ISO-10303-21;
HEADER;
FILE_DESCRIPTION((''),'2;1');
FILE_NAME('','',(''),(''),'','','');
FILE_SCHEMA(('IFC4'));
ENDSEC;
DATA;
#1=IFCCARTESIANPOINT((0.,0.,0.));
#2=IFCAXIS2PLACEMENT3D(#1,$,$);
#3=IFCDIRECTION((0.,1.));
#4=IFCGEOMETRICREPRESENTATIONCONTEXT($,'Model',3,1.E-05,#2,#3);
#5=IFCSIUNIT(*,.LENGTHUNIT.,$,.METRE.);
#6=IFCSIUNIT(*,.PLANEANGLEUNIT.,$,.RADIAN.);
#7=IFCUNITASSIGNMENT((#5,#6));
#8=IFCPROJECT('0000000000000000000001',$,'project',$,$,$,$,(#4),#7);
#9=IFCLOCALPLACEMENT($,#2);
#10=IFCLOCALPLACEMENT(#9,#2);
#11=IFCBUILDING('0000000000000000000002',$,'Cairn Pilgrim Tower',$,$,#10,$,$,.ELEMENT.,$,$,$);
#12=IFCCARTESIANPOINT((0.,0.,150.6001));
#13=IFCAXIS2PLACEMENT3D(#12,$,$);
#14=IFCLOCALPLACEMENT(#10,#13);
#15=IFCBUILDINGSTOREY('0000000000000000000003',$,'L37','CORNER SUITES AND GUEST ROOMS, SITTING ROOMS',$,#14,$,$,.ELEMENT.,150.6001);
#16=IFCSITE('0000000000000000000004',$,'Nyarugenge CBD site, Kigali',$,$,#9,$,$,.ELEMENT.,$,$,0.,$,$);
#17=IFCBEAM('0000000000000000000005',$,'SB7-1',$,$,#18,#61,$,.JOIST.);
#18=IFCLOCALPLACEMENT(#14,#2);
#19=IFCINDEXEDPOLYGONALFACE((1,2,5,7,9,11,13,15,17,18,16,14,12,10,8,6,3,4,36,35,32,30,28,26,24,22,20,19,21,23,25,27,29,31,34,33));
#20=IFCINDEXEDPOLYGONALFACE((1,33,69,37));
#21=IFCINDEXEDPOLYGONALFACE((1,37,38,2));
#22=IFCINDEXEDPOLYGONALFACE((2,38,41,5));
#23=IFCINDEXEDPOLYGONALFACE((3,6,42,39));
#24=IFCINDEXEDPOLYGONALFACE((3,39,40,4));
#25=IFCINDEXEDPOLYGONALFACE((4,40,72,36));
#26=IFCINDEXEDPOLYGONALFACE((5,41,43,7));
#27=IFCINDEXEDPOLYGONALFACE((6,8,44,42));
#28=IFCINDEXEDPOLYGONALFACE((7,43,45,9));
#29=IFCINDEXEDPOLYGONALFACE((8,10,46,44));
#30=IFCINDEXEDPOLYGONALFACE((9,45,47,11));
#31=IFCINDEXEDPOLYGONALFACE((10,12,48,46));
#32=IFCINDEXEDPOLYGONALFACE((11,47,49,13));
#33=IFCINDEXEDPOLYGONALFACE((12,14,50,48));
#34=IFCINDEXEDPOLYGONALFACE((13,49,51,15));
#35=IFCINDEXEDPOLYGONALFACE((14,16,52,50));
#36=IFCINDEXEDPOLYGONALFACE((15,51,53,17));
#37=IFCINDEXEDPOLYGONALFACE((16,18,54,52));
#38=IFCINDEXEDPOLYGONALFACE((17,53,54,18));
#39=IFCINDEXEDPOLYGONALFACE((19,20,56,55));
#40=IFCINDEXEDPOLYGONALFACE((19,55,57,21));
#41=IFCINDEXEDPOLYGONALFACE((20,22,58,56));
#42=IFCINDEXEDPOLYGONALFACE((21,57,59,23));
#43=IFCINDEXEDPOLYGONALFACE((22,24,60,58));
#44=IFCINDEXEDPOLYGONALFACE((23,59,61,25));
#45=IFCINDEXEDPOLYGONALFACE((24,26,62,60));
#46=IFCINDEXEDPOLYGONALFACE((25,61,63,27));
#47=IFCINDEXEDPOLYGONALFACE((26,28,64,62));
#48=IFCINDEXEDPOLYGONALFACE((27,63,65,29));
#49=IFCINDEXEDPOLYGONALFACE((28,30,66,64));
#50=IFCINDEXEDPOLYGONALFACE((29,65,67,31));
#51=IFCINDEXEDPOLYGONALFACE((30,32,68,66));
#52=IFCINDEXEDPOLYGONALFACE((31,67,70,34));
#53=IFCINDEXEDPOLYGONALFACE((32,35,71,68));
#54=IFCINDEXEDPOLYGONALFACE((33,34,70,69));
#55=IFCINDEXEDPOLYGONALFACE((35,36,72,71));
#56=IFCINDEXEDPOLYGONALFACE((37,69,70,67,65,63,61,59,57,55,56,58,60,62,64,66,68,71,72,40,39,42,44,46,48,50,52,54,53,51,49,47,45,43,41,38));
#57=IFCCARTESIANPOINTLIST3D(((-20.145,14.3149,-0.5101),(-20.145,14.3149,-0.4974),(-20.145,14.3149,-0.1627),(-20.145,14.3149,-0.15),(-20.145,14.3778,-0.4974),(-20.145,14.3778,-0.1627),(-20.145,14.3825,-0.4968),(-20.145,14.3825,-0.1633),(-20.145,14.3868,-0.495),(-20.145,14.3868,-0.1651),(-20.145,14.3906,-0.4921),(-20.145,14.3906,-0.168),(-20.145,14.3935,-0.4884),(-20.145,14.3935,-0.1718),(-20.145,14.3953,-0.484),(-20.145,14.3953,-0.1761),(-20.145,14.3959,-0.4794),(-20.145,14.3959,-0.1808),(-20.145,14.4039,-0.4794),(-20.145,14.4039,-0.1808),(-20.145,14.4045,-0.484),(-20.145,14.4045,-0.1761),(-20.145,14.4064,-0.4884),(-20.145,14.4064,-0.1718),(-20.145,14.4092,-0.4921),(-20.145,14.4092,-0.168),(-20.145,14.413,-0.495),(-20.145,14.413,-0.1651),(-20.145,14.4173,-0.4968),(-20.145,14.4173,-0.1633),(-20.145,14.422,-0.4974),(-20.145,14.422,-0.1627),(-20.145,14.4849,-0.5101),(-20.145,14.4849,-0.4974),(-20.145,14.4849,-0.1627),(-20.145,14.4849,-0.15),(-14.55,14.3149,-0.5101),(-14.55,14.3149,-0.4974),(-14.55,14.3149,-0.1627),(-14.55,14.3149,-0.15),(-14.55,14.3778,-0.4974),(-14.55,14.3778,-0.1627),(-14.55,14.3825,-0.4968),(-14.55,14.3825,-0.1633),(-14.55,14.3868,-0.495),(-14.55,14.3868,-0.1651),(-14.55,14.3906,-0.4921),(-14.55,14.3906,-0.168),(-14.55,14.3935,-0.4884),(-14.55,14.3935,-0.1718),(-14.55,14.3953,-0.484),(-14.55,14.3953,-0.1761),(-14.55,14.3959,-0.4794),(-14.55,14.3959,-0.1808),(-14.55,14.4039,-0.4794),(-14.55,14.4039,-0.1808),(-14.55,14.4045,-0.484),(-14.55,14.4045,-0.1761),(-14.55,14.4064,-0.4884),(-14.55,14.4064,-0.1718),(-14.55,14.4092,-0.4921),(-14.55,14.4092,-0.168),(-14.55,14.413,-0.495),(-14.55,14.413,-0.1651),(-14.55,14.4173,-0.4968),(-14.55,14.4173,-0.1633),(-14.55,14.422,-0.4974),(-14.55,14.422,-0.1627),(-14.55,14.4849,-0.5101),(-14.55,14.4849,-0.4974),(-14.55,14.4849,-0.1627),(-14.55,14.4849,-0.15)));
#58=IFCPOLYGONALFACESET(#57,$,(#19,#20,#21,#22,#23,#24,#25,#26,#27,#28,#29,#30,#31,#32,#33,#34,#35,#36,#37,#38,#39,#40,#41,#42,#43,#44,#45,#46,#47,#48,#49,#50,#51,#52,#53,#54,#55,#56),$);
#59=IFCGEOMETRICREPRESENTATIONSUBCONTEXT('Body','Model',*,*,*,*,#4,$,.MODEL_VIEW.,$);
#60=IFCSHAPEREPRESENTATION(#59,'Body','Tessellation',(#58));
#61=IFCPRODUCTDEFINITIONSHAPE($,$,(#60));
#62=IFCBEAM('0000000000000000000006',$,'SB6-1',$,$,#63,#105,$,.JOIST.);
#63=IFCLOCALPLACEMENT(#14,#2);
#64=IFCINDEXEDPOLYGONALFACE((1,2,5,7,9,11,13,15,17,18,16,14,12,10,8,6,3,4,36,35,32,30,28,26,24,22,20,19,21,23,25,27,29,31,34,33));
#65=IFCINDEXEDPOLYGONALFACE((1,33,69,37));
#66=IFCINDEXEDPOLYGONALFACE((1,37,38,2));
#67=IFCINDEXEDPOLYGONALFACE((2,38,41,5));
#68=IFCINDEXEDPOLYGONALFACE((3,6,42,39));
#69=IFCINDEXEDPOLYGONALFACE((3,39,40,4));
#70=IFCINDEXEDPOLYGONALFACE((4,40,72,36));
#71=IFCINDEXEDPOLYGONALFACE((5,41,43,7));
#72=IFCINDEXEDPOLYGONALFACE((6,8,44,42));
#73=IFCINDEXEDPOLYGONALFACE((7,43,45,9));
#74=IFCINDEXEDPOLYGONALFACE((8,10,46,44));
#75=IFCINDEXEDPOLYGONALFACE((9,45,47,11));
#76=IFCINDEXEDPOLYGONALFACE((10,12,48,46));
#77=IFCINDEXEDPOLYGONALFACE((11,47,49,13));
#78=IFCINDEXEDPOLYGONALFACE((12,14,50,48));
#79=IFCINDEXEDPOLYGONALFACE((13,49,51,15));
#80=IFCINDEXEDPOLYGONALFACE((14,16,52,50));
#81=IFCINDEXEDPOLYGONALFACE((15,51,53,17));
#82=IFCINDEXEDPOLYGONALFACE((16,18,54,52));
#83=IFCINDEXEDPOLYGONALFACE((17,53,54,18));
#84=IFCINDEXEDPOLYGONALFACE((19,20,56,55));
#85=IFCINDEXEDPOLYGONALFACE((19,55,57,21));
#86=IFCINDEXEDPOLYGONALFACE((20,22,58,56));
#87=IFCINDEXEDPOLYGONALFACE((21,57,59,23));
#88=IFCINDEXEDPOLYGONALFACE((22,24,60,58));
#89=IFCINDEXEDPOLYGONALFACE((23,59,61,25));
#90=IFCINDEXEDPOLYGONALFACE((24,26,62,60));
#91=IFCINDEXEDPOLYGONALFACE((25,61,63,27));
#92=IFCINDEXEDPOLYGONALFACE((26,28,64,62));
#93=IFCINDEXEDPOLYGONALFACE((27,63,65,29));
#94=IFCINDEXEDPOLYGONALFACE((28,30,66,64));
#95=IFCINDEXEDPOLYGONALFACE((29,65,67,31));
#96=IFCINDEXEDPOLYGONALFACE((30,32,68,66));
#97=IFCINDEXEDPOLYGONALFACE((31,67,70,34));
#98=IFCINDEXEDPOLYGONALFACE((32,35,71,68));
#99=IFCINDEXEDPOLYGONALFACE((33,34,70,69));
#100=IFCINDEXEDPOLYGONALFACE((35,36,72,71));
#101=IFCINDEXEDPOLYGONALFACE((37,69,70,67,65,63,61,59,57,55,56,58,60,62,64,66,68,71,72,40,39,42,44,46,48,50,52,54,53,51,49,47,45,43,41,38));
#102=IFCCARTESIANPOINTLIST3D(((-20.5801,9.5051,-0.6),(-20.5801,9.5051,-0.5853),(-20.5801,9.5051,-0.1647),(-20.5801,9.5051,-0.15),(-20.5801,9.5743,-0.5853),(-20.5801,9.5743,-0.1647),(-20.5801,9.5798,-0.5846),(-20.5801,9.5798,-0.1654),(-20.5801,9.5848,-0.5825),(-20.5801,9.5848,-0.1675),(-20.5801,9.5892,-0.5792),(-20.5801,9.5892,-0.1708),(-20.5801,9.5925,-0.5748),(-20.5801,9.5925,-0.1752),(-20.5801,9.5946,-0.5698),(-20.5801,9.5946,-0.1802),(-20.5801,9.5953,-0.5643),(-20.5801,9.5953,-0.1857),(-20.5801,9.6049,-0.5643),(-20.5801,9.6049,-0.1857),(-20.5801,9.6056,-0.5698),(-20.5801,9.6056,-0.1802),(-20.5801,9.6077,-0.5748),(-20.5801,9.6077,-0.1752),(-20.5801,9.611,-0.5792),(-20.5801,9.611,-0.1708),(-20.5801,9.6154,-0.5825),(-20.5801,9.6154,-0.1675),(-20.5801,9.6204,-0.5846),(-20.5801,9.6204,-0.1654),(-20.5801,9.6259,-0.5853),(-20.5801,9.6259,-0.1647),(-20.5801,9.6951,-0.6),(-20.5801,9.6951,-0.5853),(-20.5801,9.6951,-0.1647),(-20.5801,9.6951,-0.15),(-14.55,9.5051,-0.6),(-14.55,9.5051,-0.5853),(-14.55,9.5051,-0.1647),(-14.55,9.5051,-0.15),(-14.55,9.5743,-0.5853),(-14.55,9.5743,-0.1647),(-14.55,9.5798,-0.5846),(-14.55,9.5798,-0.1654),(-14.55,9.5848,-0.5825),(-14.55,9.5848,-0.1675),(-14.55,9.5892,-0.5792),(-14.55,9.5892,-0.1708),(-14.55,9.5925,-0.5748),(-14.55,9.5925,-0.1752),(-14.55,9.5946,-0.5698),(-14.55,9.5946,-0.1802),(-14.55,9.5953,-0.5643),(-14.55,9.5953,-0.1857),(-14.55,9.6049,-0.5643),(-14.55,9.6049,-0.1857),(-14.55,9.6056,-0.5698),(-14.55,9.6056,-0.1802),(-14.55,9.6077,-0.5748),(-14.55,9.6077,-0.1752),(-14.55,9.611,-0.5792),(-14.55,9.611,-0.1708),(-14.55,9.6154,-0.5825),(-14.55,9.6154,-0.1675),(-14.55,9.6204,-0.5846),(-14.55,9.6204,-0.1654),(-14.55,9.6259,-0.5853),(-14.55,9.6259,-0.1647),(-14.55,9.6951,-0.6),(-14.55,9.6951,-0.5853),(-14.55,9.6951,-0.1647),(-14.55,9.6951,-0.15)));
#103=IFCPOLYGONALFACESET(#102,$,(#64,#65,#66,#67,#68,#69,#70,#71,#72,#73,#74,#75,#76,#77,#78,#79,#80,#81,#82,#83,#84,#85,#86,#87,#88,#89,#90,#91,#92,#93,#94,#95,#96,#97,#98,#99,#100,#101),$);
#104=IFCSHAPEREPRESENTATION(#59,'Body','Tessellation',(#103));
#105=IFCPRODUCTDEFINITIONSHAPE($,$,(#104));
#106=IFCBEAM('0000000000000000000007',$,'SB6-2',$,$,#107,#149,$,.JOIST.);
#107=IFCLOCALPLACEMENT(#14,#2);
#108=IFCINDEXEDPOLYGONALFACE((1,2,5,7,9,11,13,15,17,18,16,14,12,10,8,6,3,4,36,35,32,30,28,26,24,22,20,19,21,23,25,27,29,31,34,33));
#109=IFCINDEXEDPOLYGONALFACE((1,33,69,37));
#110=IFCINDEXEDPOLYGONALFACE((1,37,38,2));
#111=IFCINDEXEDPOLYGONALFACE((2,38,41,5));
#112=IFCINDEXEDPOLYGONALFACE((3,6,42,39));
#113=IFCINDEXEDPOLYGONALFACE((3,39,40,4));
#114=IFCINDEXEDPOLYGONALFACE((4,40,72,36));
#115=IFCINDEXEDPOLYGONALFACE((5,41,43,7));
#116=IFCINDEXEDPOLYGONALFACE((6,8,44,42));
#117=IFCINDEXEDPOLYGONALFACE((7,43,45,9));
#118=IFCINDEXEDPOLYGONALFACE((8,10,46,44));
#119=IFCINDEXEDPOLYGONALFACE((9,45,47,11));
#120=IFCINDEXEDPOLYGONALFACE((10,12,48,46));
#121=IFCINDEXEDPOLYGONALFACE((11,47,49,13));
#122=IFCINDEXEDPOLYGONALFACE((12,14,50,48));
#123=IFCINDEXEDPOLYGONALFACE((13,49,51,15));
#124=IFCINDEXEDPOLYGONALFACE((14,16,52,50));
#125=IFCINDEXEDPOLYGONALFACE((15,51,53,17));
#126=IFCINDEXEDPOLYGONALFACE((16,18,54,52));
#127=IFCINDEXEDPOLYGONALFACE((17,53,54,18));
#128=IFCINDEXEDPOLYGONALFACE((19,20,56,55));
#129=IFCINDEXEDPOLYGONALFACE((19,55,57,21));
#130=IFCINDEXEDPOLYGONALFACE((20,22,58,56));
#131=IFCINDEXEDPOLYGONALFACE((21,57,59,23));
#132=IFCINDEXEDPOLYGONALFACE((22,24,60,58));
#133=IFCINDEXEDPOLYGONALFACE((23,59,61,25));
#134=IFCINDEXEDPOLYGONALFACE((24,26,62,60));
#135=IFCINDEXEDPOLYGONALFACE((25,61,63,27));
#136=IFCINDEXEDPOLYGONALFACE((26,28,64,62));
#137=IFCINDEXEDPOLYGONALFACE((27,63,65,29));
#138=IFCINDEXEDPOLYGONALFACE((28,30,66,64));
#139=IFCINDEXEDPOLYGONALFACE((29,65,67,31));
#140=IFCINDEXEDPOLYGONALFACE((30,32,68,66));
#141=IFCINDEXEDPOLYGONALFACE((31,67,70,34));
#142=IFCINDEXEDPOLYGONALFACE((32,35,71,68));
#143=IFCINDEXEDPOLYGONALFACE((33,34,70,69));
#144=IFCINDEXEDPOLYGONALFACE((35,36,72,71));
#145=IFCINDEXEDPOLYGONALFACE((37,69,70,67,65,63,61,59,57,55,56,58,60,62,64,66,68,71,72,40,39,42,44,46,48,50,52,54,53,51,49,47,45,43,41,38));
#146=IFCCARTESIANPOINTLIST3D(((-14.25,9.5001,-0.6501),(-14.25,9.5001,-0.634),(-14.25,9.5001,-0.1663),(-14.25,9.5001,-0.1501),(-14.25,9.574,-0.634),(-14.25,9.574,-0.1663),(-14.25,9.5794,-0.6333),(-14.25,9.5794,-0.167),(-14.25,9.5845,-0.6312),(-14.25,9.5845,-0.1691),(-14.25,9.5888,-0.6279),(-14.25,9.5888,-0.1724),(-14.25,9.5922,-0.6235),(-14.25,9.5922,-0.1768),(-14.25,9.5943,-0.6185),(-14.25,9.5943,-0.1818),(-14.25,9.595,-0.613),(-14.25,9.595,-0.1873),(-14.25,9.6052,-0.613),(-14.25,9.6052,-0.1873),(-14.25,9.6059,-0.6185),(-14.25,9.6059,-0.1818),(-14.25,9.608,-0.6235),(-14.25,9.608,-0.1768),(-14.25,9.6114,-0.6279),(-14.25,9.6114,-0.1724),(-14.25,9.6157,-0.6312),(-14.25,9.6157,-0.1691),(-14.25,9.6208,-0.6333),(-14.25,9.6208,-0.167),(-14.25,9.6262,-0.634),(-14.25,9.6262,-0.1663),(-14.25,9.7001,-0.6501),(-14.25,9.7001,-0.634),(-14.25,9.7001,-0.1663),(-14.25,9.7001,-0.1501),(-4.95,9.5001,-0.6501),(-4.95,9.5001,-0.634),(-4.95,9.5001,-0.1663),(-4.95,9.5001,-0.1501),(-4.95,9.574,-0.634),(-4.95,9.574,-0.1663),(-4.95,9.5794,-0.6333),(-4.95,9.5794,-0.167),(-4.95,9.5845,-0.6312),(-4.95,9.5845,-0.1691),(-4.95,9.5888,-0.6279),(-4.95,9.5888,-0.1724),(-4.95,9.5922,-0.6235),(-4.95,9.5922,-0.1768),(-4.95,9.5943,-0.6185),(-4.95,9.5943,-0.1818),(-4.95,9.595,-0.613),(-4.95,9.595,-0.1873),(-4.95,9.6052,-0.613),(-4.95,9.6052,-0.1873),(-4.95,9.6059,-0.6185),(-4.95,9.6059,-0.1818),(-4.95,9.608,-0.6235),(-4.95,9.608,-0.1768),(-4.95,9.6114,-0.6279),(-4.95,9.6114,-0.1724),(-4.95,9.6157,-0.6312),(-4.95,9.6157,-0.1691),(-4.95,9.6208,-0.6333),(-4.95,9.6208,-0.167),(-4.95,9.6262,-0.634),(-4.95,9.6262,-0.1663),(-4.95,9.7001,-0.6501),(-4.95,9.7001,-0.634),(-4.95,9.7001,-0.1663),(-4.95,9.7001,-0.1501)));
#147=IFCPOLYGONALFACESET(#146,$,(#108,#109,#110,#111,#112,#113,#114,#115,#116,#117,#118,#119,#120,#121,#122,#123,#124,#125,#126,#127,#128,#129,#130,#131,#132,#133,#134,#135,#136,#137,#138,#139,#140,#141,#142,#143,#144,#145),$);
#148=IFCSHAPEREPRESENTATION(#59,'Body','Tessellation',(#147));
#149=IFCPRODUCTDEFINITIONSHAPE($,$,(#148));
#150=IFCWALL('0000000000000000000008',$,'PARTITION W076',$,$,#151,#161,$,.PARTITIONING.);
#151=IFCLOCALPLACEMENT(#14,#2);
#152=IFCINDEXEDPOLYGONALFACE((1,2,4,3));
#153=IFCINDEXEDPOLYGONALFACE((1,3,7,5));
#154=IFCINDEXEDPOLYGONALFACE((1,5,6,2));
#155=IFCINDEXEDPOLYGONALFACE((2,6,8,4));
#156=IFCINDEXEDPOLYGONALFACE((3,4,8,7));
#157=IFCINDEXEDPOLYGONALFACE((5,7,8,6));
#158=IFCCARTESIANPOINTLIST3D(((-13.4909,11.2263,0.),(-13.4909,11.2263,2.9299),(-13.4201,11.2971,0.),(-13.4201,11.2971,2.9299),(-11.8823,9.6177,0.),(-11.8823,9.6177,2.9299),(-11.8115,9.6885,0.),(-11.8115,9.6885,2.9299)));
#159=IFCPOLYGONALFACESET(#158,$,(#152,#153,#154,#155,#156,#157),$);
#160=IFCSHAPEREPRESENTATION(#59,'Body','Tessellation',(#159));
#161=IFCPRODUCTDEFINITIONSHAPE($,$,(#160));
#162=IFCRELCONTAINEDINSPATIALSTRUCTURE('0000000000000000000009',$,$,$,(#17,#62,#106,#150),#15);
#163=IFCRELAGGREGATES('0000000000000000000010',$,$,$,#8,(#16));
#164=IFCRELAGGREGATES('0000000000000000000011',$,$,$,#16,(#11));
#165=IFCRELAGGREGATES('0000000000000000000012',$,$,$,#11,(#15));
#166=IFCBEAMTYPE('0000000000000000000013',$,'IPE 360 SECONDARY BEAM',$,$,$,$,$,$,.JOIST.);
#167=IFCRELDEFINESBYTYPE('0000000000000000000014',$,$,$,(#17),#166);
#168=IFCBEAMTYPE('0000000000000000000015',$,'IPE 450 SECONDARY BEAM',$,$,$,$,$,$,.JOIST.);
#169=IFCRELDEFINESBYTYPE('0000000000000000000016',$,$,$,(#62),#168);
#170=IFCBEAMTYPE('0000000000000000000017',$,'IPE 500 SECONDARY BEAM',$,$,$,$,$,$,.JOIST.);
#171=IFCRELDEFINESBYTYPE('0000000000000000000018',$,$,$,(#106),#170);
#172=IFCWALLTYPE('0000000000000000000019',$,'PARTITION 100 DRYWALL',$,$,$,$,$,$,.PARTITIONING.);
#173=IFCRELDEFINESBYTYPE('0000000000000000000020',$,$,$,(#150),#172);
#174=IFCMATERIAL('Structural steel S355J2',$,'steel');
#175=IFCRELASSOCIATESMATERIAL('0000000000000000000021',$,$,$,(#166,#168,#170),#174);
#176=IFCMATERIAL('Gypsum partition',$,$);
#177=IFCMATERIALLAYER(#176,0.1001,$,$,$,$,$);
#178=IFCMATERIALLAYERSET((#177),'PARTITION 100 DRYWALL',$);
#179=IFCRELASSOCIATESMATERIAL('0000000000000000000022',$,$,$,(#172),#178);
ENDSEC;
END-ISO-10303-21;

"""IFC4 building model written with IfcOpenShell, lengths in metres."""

from ifc_helpers import new_model, si_unit, direction, frame, frame_2d, origin, origin_2d, place, context, subcontext, project, spatial, rectangle, i_section, extrude, material, layer, layer_set, material_profile, profile_set, type_object, element, save


model = new_model("IFC4")

# Units and contexts
model_context = context("Model", 3, precision=1e-05, world=origin(), true_north=direction((0.0, 1.0)))
body_context = subcontext(model_context, "Body", "Model", "MODEL_VIEW")
ifc_project = project(units=[si_unit("LENGTHUNIT", "METRE"), si_unit("PLANEANGLEUNIT", "RADIAN")], contexts=[model_context])

# Site, building, storey
site_placement = place(None, origin())
site = spatial("IfcSite", under=ifc_project, at=site_placement, Name="Nyarugenge CBD site, Kigali", CompositionType="ELEMENT", RefElevation=0.0)
building_placement = place(site_placement, origin())
building = spatial("IfcBuilding", under=site, at=building_placement, Name="Cairn Pilgrim Tower", CompositionType="ELEMENT")
storey_placement = place(building_placement, frame((0.0, 0.0, 150.6001)))
storey = spatial("IfcBuildingStorey", under=building, at=storey_placement, Name="L37", Description="CORNER SUITES AND GUEST ROOMS, SITTING ROOMS", CompositionType="ELEMENT", Elevation=150.6001)

# Shared definitions
ifc_material_1 = material(Name="Structural steel S355J2", Category="steel")

# Beams
ifc_material_profile_1 = material_profile(ifc_material_1, i_section(OverallWidth=0.1699, OverallDepth=0.3601, WebThickness=0.0081, FlangeThickness=0.0127, FilletRadius=0.0181, at=origin_2d()), Name="IPE 360")
ifc_profile_set_1 = profile_set([ifc_material_profile_1], Name="Structural steel S355J2")
beam_type_1 = type_object("IfcBeamType", Name="IPE 360 SECONDARY BEAM", PredefinedType="JOIST", material=ifc_profile_set_1)
beam_1_placement = place(storey_placement, frame((-20.145, 14.3999, -0.3301), z_axis=(1.0, 0.0, 0.0), x_axis=(0.0, 1.0, 0.0)))
element("IfcBeam", 1, at=beam_1_placement, inside=storey, type_object=beam_type_1, Name="SB7-1", PredefinedType="JOIST", context=body_context, shape_type="SweptSolid", body=[
    extrude(i_section(OverallWidth=0.1699, OverallDepth=0.3601, WebThickness=0.0081, FlangeThickness=0.0127, FilletRadius=0.0181, at=origin_2d()), origin(), (0.0, 0.0, 1.0), 5.595),
])
ifc_material_profile_2 = material_profile(ifc_material_1, i_section(OverallWidth=0.1899, OverallDepth=0.45, WebThickness=0.0095, FlangeThickness=0.0146, FilletRadius=0.021, at=origin_2d()), Name="IPE 450")
ifc_profile_set_2 = profile_set([ifc_material_profile_2], Name="Structural steel S355J2")
beam_type_2 = type_object("IfcBeamType", Name="IPE 450 SECONDARY BEAM", PredefinedType="JOIST", material=ifc_profile_set_2)
beam_2_placement = place(storey_placement, frame((-20.5801, 9.6001, -0.375), z_axis=(1.0, 0.0, 0.0), x_axis=(0.0, 1.0, 0.0)))
element("IfcBeam", 2, at=beam_2_placement, inside=storey, type_object=beam_type_2, Name="SB6-1", PredefinedType="JOIST", context=body_context, shape_type="SweptSolid", body=[
    extrude(i_section(OverallWidth=0.1899, OverallDepth=0.45, WebThickness=0.0095, FlangeThickness=0.0146, FilletRadius=0.021, at=origin_2d()), origin(), (0.0, 0.0, 1.0), 6.03),
])
ifc_material_profile_3 = material_profile(ifc_material_1, i_section(OverallWidth=0.2, OverallDepth=0.5, WebThickness=0.0103, FlangeThickness=0.0161, FilletRadius=0.021, at=origin_2d()), Name="IPE 500")
ifc_profile_set_3 = profile_set([ifc_material_profile_3], Name="Structural steel S355J2")
beam_type_3 = type_object("IfcBeamType", Name="IPE 500 SECONDARY BEAM", PredefinedType="JOIST", material=ifc_profile_set_3)
beam_3_placement = place(storey_placement, frame((-14.25, 9.6001, -0.4001), z_axis=(1.0, 0.0, 0.0), x_axis=(0.0, 1.0, 0.0)))
element("IfcBeam", 3, at=beam_3_placement, inside=storey, type_object=beam_type_3, Name="SB6-2", PredefinedType="JOIST", context=body_context, shape_type="SweptSolid", body=[
    extrude(i_section(OverallWidth=0.2, OverallDepth=0.5, WebThickness=0.0103, FlangeThickness=0.0161, FilletRadius=0.021, at=origin_2d()), origin(), (0.0, 0.0, 1.0), 9.3),
])

# Wall
ifc_material_2 = material(Name="Gypsum partition")
ifc_layer_1 = layer(ifc_material_2, 0.1001)
ifc_layer_set_1 = layer_set([ifc_layer_1], Name="PARTITION 100 DRYWALL")
wall_type_1 = type_object("IfcWallType", Name="PARTITION 100 DRYWALL", PredefinedType="PARTITIONING", material=ifc_layer_set_1)
wall_1_placement = place(storey_placement, frame((-11.8469, 9.6531, 0.0), z_axis=(0.0, 0.0, 1.0), x_axis=(-0.707107, 0.707107, 0.0)))
element("IfcWall", 4, at=wall_1_placement, inside=storey, type_object=wall_type_1, Name="PARTITION W076", PredefinedType="PARTITIONING", context=body_context, shape_type="SweptSolid", body=[
    extrude(rectangle(XDim=2.2749, YDim=0.1001, at=frame_2d((1.1375, 0.0))), origin(), (0.0, 0.0, 1.0), 2.9299),
])

save(model, "model.ifc")
